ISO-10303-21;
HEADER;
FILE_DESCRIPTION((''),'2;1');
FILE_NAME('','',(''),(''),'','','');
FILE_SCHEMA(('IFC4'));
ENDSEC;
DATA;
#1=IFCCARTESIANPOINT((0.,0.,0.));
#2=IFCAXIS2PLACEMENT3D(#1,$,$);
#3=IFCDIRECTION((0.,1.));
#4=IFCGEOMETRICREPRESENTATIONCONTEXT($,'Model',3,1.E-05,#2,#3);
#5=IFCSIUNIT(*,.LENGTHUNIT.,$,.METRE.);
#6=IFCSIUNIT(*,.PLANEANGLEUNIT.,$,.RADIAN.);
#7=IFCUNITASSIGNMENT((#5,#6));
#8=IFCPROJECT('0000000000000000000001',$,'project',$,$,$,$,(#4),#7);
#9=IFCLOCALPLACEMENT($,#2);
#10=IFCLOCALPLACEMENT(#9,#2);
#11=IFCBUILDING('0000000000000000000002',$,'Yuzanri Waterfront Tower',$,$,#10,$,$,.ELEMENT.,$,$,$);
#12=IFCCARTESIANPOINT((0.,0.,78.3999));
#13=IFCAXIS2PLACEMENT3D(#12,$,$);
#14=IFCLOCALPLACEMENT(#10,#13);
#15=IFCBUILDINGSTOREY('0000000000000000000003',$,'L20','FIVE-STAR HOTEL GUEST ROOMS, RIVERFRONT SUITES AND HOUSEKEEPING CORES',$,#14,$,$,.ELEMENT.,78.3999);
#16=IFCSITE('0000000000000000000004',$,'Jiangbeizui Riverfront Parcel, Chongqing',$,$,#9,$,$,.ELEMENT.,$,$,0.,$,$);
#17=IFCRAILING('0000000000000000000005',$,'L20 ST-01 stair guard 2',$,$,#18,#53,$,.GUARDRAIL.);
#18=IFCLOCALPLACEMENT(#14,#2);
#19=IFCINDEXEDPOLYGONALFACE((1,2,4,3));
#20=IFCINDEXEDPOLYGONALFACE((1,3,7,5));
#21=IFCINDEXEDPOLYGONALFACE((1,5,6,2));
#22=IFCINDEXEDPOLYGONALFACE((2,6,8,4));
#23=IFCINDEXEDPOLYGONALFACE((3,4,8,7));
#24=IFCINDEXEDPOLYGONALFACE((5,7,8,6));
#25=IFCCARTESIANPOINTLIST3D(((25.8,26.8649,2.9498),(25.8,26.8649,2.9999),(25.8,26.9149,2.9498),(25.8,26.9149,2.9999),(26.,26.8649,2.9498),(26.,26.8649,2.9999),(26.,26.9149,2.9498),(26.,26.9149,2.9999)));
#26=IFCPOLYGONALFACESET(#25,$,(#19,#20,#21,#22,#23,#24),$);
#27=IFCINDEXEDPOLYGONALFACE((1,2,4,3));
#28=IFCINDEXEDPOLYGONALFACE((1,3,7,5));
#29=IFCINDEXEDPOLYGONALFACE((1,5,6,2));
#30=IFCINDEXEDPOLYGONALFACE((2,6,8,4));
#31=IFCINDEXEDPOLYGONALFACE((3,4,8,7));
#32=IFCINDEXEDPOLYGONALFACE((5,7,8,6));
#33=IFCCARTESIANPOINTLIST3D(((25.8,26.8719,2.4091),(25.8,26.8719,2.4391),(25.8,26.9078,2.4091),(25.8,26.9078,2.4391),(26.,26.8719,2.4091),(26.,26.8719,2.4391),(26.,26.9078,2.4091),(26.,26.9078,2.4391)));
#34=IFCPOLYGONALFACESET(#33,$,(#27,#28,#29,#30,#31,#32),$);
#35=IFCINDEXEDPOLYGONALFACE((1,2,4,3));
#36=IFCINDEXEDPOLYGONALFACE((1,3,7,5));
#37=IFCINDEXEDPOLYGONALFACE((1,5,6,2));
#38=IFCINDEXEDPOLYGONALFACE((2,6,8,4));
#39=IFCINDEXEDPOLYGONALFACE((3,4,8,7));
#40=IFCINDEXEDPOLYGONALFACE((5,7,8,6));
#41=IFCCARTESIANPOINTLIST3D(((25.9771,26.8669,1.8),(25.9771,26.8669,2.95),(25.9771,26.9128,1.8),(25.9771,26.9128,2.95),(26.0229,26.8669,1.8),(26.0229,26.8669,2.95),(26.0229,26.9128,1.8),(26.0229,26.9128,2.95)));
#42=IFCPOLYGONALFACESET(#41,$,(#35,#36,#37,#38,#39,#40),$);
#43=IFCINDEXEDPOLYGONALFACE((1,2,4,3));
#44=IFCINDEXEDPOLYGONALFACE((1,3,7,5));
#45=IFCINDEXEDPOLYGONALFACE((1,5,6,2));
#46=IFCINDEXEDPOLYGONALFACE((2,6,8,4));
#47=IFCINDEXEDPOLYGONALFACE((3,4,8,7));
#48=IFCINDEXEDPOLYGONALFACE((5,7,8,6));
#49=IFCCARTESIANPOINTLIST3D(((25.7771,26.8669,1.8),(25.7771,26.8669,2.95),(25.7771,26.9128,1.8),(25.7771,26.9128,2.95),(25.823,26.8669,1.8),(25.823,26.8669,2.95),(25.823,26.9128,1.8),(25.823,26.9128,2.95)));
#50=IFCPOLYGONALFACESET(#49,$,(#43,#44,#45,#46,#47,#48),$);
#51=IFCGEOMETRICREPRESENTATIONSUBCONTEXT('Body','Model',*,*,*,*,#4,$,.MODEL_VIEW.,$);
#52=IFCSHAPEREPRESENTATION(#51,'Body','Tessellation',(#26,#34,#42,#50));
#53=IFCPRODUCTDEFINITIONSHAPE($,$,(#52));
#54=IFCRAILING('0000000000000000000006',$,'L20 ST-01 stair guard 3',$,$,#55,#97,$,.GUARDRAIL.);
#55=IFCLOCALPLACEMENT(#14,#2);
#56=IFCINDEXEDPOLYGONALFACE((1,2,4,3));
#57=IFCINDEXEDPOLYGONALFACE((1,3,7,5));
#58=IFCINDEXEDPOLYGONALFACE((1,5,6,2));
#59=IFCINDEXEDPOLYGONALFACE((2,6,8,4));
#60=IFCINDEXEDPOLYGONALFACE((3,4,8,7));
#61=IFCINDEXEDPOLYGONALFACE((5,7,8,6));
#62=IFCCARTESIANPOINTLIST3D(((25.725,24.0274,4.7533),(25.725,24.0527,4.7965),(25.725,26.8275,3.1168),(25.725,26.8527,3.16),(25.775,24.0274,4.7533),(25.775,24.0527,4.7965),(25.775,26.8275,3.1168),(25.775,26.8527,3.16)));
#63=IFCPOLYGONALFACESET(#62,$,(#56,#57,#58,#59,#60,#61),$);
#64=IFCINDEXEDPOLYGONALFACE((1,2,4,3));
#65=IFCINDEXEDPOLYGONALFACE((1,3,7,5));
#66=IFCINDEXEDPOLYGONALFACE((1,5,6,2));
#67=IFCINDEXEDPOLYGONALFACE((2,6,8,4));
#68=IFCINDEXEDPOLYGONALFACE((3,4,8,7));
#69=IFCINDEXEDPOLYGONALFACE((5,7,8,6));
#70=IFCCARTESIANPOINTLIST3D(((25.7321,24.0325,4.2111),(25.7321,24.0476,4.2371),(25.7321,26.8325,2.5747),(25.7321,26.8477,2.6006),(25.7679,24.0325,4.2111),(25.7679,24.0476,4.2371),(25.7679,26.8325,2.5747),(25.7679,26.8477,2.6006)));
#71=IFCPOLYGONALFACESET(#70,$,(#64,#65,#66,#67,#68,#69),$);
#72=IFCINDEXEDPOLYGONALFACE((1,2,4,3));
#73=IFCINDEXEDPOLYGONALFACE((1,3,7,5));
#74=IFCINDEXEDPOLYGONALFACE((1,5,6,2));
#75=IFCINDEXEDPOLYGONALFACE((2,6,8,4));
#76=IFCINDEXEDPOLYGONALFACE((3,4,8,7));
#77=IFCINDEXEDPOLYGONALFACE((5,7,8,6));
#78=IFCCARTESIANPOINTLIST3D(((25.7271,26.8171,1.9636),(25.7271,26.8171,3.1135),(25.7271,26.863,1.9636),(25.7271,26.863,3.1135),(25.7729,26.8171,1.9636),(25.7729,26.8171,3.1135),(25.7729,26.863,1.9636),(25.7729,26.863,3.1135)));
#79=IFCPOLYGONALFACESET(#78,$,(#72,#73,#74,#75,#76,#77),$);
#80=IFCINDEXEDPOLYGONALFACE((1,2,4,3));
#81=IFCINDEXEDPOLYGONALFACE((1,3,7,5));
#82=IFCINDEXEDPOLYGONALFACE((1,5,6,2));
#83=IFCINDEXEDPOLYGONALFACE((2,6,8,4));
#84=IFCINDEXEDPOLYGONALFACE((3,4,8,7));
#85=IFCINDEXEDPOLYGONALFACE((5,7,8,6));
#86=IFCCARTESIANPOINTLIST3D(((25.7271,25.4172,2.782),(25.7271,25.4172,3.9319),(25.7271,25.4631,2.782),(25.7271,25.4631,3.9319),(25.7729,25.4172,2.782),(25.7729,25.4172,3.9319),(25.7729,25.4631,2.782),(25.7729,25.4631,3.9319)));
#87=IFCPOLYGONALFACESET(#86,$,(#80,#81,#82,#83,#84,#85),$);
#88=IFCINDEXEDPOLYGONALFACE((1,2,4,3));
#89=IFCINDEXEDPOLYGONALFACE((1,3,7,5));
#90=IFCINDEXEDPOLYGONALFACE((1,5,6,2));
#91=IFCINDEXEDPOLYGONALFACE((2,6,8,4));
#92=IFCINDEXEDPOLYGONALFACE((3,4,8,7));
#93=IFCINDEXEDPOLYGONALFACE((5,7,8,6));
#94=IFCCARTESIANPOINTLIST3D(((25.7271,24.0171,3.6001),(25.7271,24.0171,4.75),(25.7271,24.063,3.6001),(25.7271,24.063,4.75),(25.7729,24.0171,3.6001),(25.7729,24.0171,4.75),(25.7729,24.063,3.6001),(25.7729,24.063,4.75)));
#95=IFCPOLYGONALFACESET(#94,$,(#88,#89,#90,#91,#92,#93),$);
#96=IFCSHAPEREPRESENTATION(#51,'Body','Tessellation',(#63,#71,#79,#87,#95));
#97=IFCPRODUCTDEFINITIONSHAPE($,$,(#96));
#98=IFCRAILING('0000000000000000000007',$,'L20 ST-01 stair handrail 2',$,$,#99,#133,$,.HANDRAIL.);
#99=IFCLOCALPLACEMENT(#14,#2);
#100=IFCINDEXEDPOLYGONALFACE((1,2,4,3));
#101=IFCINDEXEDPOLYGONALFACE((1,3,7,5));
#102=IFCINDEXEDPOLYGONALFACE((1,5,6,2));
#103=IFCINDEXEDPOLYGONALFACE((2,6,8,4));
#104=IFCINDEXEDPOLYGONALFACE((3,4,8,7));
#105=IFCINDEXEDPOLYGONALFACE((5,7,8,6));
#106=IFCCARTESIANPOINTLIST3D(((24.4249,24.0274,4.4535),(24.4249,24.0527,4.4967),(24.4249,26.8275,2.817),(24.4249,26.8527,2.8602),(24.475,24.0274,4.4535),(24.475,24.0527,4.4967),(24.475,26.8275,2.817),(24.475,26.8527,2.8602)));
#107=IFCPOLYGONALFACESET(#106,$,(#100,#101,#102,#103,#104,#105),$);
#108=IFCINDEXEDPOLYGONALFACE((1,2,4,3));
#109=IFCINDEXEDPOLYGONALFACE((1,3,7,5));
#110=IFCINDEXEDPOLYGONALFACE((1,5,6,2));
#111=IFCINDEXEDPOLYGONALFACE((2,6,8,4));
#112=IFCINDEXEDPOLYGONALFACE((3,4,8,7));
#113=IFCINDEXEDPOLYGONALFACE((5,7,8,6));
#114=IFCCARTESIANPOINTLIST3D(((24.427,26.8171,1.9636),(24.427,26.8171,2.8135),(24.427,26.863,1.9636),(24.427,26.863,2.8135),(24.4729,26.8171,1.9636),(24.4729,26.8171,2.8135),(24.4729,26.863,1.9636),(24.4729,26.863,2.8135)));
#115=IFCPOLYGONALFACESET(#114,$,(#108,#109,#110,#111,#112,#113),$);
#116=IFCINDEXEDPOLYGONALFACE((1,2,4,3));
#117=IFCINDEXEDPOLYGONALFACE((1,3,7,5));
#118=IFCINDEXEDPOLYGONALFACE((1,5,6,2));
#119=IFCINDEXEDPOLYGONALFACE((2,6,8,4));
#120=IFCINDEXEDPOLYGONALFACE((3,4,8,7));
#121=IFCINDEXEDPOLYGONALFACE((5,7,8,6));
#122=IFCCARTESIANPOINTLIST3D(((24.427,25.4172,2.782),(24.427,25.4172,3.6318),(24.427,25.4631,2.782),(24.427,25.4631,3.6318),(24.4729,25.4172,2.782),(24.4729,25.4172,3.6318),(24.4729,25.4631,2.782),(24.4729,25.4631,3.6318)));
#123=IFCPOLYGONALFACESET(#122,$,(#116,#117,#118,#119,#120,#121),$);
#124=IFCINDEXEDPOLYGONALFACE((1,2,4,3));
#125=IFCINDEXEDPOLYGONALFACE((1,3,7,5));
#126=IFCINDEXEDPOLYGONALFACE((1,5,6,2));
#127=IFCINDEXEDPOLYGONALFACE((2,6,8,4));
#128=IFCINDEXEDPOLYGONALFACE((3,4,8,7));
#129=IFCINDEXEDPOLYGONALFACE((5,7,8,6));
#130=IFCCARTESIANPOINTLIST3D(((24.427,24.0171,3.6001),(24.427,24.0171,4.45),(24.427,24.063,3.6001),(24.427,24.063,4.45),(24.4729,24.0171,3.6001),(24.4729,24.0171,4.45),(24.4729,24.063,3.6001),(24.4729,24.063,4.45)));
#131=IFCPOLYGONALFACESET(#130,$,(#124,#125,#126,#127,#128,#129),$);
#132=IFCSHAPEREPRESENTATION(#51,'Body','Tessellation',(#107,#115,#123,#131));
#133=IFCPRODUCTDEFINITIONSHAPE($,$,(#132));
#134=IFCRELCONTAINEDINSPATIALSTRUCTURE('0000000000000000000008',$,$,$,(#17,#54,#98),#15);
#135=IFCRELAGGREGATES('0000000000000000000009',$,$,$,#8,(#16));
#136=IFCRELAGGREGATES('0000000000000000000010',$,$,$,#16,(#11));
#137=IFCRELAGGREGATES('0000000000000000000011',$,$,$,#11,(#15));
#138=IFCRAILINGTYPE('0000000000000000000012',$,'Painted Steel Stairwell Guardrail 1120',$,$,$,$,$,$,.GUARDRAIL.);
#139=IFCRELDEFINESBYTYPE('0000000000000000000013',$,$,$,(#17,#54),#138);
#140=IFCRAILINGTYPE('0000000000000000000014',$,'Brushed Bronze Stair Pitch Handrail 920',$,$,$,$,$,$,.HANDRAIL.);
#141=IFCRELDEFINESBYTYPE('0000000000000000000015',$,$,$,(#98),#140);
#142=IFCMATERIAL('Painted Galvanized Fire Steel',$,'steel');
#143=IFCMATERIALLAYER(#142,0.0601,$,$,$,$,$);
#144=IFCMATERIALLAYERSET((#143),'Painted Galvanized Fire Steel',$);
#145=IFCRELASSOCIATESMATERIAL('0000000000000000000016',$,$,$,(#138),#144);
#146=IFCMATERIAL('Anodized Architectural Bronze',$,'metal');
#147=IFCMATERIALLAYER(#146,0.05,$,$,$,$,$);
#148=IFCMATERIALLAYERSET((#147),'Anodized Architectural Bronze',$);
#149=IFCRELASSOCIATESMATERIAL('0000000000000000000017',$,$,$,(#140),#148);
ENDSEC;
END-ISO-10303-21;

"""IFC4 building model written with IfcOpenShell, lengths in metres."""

from ifc_helpers import new_model, si_unit, direction, frame, origin, origin_2d, place, context, subcontext, project, spatial, rectangle, extrude, source, transform, mapped, material, layer, layer_set, type_object, element, save


model = new_model("IFC4")

# Units and contexts
model_context = context("Model", 3, precision=1e-05, world=origin(), true_north=direction((0.0, 1.0)))
body_context = subcontext(model_context, "Body", "Model", "MODEL_VIEW")
ifc_project = project(units=[si_unit("LENGTHUNIT", "METRE"), si_unit("PLANEANGLEUNIT", "RADIAN")], contexts=[model_context])

# Site, building, storey
site_placement = place(None, origin())
site = spatial("IfcSite", under=ifc_project, at=site_placement, Name="Jiangbeizui Riverfront Parcel, Chongqing", CompositionType="ELEMENT", RefElevation=0.0)
building_placement = place(site_placement, origin())
building = spatial("IfcBuilding", under=site, at=building_placement, Name="Yuzanri Waterfront Tower", CompositionType="ELEMENT")
storey_placement = place(building_placement, frame((0.0, 0.0, 78.3999)))
storey = spatial("IfcBuildingStorey", under=building, at=storey_placement, Name="L20", Description="FIVE-STAR HOTEL GUEST ROOMS, RIVERFRONT SUITES AND HOUSEKEEPING CORES", CompositionType="ELEMENT", Elevation=78.3999)

# Railings
ifc_material_1 = material(Name="Painted Galvanized Fire Steel", Category="steel")
ifc_layer_1 = layer(ifc_material_1, 0.0601)
ifc_layer_set_1 = layer_set([ifc_layer_1], Name="Painted Galvanized Fire Steel")
railing_type_1 = type_object("IfcRailingType", Name="Painted Steel Stairwell Guardrail 1120", PredefinedType="GUARDRAIL", material=ifc_layer_set_1)
shared_shape_1 = source(origin(), body_context, "Body", "SweptSolid", [
    extrude(rectangle(XDim=0.05, YDim=0.05, at=origin_2d()), frame((0.0, 0.0, 1.1748), z_axis=(-1.0, 0.0, 0.0), x_axis=(0.0, -1.0, 0.0)), (0.0, 0.0, 1.0), 0.2),
    extrude(rectangle(XDim=0.0359, YDim=0.03, at=origin_2d()), frame((0.0, 0.0, 0.624), z_axis=(-1.0, 0.0, 0.0), x_axis=(0.0, -1.0, 0.0)), (0.0, 0.0, 1.0), 0.2),
    extrude(rectangle(XDim=0.0459, YDim=0.0459, at=origin_2d()), origin(), (0.0, 0.0, 1.0), 1.1499),
    extrude(rectangle(XDim=0.0459, YDim=0.0459, at=origin_2d()), frame((-0.2, 0.0, 0.0)), (0.0, 0.0, 1.0), 1.1499),
])
railing_1_placement = place(storey_placement, frame((26.0, 26.8899, 1.8)))
element("IfcRailing", 1, at=railing_1_placement, inside=storey, type_object=railing_type_1, Name="L20 ST-01 stair guard 2", PredefinedType="GUARDRAIL", context=body_context, shape_type="MappedRepresentation", body=[
    mapped(shared_shape_1, transform((0.0, 0.0, 0.0), scale=1.0)),
])
shared_shape_2 = source(origin(), body_context, "Body", "SweptSolid", [
    extrude(rectangle(XDim=0.05, YDim=0.05, at=origin_2d()), frame((0.0, 0.0, 1.1748), z_axis=(0.0, -0.863361, 0.504587), x_axis=(1.0, 0.0, 0.0)), (0.0, 0.0, 1.0), 3.2432),
    extrude(rectangle(XDim=0.0359, YDim=0.03, at=origin_2d()), frame((0.0, 0.0, 0.624), z_axis=(0.0, -0.863361, 0.504587), x_axis=(1.0, 0.0, 0.0)), (0.0, 0.0, 1.0), 3.2432),
    extrude(rectangle(XDim=0.0459, YDim=0.0459, at=origin_2d()), origin(), (0.0, 0.0, 1.0), 1.1499),
    extrude(rectangle(XDim=0.0459, YDim=0.0459, at=origin_2d()), frame((0.0, -1.3999, 0.8184)), (0.0, 0.0, 1.0), 1.1499),
    extrude(rectangle(XDim=0.0459, YDim=0.0459, at=origin_2d()), frame((0.0, -2.8, 1.6365)), (0.0, 0.0, 1.0), 1.1499),
])
railing_2_placement = place(storey_placement, frame((25.75, 26.8401, 1.9636)))
element("IfcRailing", 2, at=railing_2_placement, inside=storey, type_object=railing_type_1, Name="L20 ST-01 stair guard 3", PredefinedType="GUARDRAIL", context=body_context, shape_type="MappedRepresentation", body=[
    mapped(shared_shape_2, transform((0.0, 0.0, 0.0), scale=1.0)),
])
ifc_material_2 = material(Name="Anodized Architectural Bronze", Category="metal")
ifc_layer_2 = layer(ifc_material_2, 0.05)
ifc_layer_set_2 = layer_set([ifc_layer_2], Name="Anodized Architectural Bronze")
railing_type_2 = type_object("IfcRailingType", Name="Brushed Bronze Stair Pitch Handrail 920", PredefinedType="HANDRAIL", material=ifc_layer_set_2)
shared_shape_3 = source(origin(), body_context, "Body", "SweptSolid", [
    extrude(rectangle(XDim=0.05, YDim=0.05, at=origin_2d()), frame((0.0, 0.0, 0.875), z_axis=(0.0, -0.863361, 0.504587), x_axis=(1.0, 0.0, 0.0)), (0.0, 0.0, 1.0), 3.2432),
    extrude(rectangle(XDim=0.0459, YDim=0.0459, at=origin_2d()), origin(), (0.0, 0.0, 1.0), 0.8499),
    extrude(rectangle(XDim=0.0459, YDim=0.0459, at=origin_2d()), frame((0.0, -1.3999, 0.8184)), (0.0, 0.0, 1.0), 0.8499),
    extrude(rectangle(XDim=0.0459, YDim=0.0459, at=origin_2d()), frame((0.0, -2.8, 1.6365)), (0.0, 0.0, 1.0), 0.8499),
])
railing_3_placement = place(storey_placement, frame((24.45, 26.8401, 1.9636)))
element("IfcRailing", 3, at=railing_3_placement, inside=storey, type_object=railing_type_2, Name="L20 ST-01 stair handrail 2", PredefinedType="HANDRAIL", context=body_context, shape_type="MappedRepresentation", body=[
    mapped(shared_shape_3, transform((0.0, 0.0, 0.0), scale=1.0)),
])

save(model, "model.ifc")
